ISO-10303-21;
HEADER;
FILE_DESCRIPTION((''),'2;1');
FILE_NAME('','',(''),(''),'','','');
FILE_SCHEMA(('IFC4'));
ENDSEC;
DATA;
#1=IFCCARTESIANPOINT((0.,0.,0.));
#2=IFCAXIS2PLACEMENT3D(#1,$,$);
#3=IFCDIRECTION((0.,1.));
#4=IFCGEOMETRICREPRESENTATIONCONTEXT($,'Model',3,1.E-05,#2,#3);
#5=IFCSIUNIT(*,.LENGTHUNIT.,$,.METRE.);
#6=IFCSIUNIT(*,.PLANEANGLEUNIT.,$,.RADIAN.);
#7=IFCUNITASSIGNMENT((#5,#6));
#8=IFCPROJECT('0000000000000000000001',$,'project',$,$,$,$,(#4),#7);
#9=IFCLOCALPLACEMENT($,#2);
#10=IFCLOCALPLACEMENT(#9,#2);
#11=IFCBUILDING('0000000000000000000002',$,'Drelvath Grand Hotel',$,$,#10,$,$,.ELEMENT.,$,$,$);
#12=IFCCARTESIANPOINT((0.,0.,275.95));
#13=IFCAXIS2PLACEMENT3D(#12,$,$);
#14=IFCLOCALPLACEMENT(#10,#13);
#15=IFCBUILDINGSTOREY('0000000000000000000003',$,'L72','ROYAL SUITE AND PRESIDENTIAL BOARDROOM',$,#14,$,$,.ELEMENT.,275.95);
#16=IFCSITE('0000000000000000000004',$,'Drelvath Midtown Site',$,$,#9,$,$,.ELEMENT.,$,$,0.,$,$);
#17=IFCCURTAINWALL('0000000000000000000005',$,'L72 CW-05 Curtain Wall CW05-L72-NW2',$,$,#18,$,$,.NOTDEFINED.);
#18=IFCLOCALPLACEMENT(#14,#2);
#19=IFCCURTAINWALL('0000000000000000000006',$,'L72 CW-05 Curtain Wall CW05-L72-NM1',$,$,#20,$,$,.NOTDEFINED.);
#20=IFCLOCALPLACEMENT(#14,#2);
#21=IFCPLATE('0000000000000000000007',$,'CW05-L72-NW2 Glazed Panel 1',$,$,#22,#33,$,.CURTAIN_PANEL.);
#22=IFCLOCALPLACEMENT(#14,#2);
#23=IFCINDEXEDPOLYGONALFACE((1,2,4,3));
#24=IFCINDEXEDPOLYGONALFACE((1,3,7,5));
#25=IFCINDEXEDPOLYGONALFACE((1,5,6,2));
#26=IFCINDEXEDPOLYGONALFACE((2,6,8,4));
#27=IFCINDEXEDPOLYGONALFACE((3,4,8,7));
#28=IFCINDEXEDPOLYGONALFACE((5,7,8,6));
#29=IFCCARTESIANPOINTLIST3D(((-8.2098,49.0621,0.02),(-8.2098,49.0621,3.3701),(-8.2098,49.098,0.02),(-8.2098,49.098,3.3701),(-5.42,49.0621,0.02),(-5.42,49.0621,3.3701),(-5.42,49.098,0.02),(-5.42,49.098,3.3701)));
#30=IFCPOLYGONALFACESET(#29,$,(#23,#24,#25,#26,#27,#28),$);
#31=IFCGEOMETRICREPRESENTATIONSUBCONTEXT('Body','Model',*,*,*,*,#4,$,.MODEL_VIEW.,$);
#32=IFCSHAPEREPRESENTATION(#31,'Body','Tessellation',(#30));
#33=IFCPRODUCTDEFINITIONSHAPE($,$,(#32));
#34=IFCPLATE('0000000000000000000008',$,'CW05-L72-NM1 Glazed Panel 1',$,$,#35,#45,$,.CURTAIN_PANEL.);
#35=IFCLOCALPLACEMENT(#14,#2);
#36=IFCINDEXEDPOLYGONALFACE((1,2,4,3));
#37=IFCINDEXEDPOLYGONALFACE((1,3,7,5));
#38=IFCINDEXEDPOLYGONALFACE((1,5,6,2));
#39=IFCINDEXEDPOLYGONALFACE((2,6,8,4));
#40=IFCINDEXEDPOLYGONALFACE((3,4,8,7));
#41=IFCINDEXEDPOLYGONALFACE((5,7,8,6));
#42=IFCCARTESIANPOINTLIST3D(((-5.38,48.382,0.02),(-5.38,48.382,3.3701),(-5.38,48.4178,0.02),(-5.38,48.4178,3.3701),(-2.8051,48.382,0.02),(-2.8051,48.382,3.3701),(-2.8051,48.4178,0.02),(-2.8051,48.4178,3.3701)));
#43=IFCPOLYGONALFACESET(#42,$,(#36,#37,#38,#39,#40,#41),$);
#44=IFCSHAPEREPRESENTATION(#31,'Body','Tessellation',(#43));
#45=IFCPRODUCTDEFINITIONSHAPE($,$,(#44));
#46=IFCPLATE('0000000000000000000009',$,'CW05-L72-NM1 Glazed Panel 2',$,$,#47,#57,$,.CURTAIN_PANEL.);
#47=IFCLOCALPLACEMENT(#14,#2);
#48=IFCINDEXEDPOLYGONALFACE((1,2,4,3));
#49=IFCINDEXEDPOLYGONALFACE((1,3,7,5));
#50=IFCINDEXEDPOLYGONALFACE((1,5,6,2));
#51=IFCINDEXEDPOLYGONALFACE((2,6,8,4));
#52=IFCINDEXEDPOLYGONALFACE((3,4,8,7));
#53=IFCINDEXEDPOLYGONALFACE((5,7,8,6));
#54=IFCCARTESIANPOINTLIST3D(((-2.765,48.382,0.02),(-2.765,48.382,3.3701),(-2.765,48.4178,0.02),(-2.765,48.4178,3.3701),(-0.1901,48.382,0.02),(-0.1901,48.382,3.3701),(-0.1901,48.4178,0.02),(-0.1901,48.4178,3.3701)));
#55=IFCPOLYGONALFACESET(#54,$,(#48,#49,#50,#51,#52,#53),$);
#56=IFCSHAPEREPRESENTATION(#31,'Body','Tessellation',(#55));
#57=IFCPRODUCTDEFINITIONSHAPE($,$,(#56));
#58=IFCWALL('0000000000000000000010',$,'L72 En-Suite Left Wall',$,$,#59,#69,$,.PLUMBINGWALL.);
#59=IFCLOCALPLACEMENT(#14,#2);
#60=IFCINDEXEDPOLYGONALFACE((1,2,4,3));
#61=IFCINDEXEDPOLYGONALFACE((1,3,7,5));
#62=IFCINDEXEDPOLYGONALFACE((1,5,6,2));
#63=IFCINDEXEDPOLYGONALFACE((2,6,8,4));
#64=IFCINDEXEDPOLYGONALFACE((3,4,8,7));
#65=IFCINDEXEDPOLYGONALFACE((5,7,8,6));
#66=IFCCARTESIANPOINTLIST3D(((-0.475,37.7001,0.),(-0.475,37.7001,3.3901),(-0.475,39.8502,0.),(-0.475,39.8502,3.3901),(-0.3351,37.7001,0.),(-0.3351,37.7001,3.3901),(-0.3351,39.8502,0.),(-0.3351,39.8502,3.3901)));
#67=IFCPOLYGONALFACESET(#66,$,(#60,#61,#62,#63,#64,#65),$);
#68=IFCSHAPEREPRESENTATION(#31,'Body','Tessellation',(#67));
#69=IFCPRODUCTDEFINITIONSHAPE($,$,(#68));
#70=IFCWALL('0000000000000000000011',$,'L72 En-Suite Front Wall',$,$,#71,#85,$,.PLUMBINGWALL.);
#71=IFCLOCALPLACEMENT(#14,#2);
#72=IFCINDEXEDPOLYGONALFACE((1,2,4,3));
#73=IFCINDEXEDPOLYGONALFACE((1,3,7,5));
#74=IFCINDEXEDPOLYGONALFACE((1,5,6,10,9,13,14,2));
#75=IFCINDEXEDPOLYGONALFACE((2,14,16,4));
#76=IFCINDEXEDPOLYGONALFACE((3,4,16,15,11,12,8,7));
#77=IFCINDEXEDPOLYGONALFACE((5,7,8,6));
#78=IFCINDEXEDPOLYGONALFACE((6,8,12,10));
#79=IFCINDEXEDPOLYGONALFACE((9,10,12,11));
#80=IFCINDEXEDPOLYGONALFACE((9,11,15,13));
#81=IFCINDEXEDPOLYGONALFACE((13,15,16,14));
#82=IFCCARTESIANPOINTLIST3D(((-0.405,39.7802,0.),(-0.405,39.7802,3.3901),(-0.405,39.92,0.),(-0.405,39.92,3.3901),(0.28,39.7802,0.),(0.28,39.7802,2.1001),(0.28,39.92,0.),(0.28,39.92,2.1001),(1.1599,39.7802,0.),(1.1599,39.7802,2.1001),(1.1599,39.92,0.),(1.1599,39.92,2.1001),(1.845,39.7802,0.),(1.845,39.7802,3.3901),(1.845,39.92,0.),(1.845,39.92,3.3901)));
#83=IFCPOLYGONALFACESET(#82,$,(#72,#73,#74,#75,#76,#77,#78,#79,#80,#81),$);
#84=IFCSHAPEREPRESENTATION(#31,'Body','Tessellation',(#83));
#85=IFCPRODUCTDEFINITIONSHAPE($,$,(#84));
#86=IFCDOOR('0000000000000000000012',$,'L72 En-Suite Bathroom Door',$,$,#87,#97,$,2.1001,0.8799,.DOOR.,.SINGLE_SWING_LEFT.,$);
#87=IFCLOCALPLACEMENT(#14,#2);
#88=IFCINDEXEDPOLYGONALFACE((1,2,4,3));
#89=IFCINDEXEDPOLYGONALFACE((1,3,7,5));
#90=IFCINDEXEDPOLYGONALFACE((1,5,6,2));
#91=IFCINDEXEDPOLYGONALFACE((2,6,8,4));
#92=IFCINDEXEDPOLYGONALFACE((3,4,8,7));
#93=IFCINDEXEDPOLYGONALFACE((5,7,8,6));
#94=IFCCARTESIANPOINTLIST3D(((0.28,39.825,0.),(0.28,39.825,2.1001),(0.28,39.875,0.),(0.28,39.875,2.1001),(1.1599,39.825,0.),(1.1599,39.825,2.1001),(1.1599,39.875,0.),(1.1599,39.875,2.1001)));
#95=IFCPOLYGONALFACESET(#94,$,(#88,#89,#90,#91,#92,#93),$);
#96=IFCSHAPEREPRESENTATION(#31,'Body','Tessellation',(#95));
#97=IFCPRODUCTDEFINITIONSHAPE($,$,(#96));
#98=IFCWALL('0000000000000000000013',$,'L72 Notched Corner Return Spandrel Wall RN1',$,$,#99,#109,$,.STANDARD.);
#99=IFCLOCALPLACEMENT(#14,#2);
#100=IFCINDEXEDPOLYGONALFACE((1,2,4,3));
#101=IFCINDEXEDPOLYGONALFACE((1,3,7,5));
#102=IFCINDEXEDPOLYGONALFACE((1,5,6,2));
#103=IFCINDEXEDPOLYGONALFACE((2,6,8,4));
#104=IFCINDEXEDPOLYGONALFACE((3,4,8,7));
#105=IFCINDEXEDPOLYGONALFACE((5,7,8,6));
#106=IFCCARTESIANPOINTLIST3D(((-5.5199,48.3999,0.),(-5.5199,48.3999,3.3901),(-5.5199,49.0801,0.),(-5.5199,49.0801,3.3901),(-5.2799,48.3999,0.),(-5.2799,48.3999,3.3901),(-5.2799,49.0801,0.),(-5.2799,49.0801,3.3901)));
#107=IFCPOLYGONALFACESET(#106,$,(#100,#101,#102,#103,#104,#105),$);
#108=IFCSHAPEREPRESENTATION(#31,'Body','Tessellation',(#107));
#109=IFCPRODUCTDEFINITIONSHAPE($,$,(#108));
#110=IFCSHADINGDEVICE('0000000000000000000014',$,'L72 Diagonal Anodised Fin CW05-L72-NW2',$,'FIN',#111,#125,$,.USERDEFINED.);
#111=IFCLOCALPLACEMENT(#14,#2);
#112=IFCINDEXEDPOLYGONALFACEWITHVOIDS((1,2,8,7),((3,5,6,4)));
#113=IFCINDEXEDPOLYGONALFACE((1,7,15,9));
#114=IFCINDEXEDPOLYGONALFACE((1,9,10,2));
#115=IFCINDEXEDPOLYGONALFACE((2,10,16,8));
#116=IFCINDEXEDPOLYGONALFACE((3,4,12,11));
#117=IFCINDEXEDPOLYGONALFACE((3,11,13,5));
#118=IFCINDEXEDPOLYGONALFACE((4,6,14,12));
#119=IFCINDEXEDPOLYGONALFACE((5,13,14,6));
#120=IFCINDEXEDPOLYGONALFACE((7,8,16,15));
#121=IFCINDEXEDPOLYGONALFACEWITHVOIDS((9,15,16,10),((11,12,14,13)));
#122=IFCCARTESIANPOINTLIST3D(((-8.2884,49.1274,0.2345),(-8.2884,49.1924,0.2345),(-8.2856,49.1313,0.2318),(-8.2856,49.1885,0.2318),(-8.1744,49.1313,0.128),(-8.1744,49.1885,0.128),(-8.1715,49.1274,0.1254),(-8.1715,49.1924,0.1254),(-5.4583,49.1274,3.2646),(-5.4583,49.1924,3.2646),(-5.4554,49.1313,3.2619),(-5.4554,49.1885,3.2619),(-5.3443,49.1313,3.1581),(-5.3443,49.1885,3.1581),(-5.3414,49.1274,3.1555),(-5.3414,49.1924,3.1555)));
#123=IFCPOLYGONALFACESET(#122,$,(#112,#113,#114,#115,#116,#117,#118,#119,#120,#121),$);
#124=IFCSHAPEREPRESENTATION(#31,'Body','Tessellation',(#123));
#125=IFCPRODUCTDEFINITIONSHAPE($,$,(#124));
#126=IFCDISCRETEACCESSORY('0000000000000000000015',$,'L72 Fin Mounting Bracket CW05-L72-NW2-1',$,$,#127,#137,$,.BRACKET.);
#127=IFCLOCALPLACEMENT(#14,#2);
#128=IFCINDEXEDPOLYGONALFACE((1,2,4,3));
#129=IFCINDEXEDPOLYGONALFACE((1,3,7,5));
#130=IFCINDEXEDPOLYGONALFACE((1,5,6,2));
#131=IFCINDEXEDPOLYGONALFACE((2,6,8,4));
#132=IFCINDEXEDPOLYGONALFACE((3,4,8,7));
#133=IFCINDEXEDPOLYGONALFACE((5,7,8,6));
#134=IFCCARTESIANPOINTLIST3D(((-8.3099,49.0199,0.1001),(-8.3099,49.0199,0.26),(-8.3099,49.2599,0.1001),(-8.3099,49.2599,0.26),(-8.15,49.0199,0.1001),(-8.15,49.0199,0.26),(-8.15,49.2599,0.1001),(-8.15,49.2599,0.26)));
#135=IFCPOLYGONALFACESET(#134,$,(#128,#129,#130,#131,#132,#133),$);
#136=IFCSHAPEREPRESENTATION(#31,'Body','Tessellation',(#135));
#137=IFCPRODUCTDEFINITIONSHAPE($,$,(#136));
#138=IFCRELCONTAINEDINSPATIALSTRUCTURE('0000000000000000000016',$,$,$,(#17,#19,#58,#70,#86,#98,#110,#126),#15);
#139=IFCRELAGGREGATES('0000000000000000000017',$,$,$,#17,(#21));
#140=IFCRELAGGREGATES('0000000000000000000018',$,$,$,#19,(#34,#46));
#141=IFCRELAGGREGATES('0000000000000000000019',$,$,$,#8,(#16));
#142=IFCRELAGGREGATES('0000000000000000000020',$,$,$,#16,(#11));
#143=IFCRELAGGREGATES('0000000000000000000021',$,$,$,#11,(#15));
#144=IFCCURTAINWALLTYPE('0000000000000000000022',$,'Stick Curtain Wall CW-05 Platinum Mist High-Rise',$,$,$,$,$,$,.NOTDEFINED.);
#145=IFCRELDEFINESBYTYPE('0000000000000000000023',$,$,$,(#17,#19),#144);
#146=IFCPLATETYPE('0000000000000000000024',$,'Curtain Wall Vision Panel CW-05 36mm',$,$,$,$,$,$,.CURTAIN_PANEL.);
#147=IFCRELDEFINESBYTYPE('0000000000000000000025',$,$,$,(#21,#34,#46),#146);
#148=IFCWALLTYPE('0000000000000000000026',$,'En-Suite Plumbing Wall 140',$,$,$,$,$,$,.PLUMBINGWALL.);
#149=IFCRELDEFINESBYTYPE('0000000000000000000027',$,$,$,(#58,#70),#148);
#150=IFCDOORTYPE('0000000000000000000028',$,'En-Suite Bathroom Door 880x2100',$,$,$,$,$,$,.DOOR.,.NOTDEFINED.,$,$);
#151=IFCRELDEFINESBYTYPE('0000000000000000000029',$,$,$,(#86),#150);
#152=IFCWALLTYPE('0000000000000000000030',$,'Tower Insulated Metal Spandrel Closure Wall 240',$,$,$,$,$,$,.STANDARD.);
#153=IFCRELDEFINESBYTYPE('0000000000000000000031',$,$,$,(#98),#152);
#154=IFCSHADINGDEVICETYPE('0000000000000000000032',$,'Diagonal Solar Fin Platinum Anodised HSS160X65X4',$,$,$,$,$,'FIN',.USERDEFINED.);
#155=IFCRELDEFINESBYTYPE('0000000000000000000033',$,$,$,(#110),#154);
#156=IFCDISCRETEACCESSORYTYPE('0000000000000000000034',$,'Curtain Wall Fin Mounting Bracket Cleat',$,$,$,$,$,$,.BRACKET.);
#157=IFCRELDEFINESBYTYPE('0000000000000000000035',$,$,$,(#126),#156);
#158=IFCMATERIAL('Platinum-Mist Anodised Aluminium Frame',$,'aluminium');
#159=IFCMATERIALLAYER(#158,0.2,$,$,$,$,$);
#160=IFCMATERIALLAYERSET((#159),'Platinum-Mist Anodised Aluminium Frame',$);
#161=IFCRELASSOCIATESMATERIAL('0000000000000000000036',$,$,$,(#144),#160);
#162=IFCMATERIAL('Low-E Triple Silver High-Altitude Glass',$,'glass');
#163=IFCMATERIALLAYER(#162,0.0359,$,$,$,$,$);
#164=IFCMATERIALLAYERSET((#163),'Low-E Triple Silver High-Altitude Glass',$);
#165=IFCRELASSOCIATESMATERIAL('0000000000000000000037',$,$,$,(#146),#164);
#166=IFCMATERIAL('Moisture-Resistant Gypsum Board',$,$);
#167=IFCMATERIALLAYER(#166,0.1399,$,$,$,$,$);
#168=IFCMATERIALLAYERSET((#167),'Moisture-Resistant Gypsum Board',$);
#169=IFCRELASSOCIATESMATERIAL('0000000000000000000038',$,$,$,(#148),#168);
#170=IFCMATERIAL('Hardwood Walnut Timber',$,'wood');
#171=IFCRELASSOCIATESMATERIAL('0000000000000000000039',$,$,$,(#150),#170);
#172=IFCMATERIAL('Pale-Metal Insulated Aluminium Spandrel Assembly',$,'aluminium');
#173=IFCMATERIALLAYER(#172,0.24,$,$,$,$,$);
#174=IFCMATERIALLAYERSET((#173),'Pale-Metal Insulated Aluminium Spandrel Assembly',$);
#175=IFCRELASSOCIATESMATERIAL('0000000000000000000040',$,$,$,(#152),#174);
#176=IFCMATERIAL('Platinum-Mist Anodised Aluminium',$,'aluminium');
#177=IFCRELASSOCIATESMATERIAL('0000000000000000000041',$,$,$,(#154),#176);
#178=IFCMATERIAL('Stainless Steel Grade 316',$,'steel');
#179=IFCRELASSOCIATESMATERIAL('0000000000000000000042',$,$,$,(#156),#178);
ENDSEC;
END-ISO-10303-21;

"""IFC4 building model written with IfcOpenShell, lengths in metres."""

from ifc_helpers import new_model, si_unit, direction, frame, frame_2d, origin, origin_2d, place, context, subcontext, project, spatial, rectangle, hollow_rectangle, extrude, material, layer, layer_set, material_profile, profile_set, type_object, element, fill, aggregate, save


model = new_model("IFC4")

# Units and contexts
model_context = context("Model", 3, precision=1e-05, world=origin(), true_north=direction((0.0, 1.0)))
body_context = subcontext(model_context, "Body", "Model", "MODEL_VIEW")
ifc_project = project(units=[si_unit("LENGTHUNIT", "METRE"), si_unit("PLANEANGLEUNIT", "RADIAN")], contexts=[model_context])

# Site, building, storey
site_placement = place(None, origin())
site = spatial("IfcSite", under=ifc_project, at=site_placement, Name="Drelvath Midtown Site", CompositionType="ELEMENT", RefElevation=0.0)
building_placement = place(site_placement, origin())
building = spatial("IfcBuilding", under=site, at=building_placement, Name="Drelvath Grand Hotel", CompositionType="ELEMENT")
storey_placement = place(building_placement, frame((0.0, 0.0, 275.95)))
storey = spatial("IfcBuildingStorey", under=building, at=storey_placement, Name="L72", Description="ROYAL SUITE AND PRESIDENTIAL BOARDROOM", CompositionType="ELEMENT", Elevation=275.95)

# Curtain walls
ifc_material_1 = material(Name="Platinum-Mist Anodised Aluminium Frame", Category="aluminium")
ifc_layer_1 = layer(ifc_material_1, 0.2)
ifc_layer_set_1 = layer_set([ifc_layer_1], Name="Platinum-Mist Anodised Aluminium Frame")
curtain_wall_type = type_object("IfcCurtainWallType", Name="Stick Curtain Wall CW-05 Platinum Mist High-Rise", PredefinedType="NOTDEFINED", material=ifc_layer_set_1)
curtain_wall_1_placement = place(storey_placement, origin())
curtain_wall_1 = element("IfcCurtainWall", 1, at=curtain_wall_1_placement, inside=storey, type_object=curtain_wall_type, Name="L72 CW-05 Curtain Wall CW05-L72-NW2", PredefinedType="NOTDEFINED")
curtain_wall_2_placement = place(storey_placement, origin())
curtain_wall_2 = element("IfcCurtainWall", 2, at=curtain_wall_2_placement, inside=storey, type_object=curtain_wall_type, Name="L72 CW-05 Curtain Wall CW05-L72-NM1", PredefinedType="NOTDEFINED")

# Plates
ifc_material_2 = material(Name="Low-E Triple Silver High-Altitude Glass", Category="glass")
ifc_layer_2 = layer(ifc_material_2, 0.0359)
ifc_layer_set_2 = layer_set([ifc_layer_2], Name="Low-E Triple Silver High-Altitude Glass")
plate_type = type_object("IfcPlateType", Name="Curtain Wall Vision Panel CW-05 36mm", PredefinedType="CURTAIN_PANEL", material=ifc_layer_set_2)
plate_1_placement = place(storey_placement, frame((-6.8149, 49.0801, 0.02), z_axis=(0.0, 0.0, 1.0), x_axis=(1.0, 0.0, 0.0)))
plate_1 = element("IfcPlate", 3, at=plate_1_placement, type_object=plate_type, Name="CW05-L72-NW2 Glazed Panel 1", PredefinedType="CURTAIN_PANEL", context=body_context, shape_type="SweptSolid", body=[
    extrude(rectangle(XDim=2.7898, YDim=0.0359, at=origin_2d()), origin(), (0.0, 0.0, 1.0), 3.3501),
])
aggregate(curtain_wall_1, [plate_1])
plate_2_placement = place(storey_placement, frame((-4.0925, 48.3999, 0.02), z_axis=(0.0, 0.0, 1.0), x_axis=(1.0, 0.0, 0.0)))
plate_2 = element("IfcPlate", 4, at=plate_2_placement, type_object=plate_type, Name="CW05-L72-NM1 Glazed Panel 1", PredefinedType="CURTAIN_PANEL", context=body_context, shape_type="SweptSolid", body=[
    extrude(rectangle(XDim=2.575, YDim=0.0359, at=origin_2d()), origin(), (0.0, 0.0, 1.0), 3.3501),
])
plate_3_placement = place(storey_placement, frame((-1.4775, 48.3999, 0.02), z_axis=(0.0, 0.0, 1.0), x_axis=(1.0, 0.0, 0.0)))
plate_3 = element("IfcPlate", 5, at=plate_3_placement, type_object=plate_type, Name="CW05-L72-NM1 Glazed Panel 2", PredefinedType="CURTAIN_PANEL", context=body_context, shape_type="SweptSolid", body=[
    extrude(rectangle(XDim=2.575, YDim=0.0359, at=origin_2d()), origin(), (0.0, 0.0, 1.0), 3.3501),
])
aggregate(curtain_wall_2, [plate_2, plate_3])

# Wall
ifc_material_3 = material(Name="Moisture-Resistant Gypsum Board")
ifc_layer_3 = layer(ifc_material_3, 0.1399)
ifc_layer_set_3 = layer_set([ifc_layer_3], Name="Moisture-Resistant Gypsum Board")
wall_type_1 = type_object("IfcWallType", Name="En-Suite Plumbing Wall 140", PredefinedType="PLUMBINGWALL", material=ifc_layer_set_3)
wall_1_placement = place(storey_placement, frame((-0.405, 37.7, 0.0), z_axis=(0.0, 0.0, 1.0), x_axis=(0.0, 1.0, 0.0)))
element("IfcWall", 6, at=wall_1_placement, inside=storey, type_object=wall_type_1, Name="L72 En-Suite Left Wall", PredefinedType="PLUMBINGWALL", context=body_context, shape_type="SweptSolid", body=[
    extrude(rectangle(XDim=2.1501, YDim=0.1399, at=frame_2d((1.0752, 0.0))), origin(), (0.0, 0.0, 1.0), 3.3901),
])

# Wall, opening, door
wall_2_placement = place(storey_placement, frame((-0.405, 39.8501, 0.0), z_axis=(0.0, 0.0, 1.0), x_axis=(1.0, 0.0, 0.0)))
wall_2 = element("IfcWall", 7, at=wall_2_placement, inside=storey, type_object=wall_type_1, Name="L72 En-Suite Front Wall", PredefinedType="PLUMBINGWALL", context=body_context, shape_type="SweptSolid", body=[
    extrude(rectangle(XDim=2.25, YDim=0.1399, at=frame_2d((1.125, 0.0))), origin(), (0.0, 0.0, 1.0), 3.3901),
])
opening_placement = place(wall_2_placement, frame((0.6851, 0.0, 0.0)))
opening = element("IfcOpeningElement", 8, at=opening_placement, cuts=wall_2, PredefinedType="OPENING", context=body_context, shape_type="SweptSolid", body=[
    extrude(rectangle(XDim=0.8799, YDim=2.1001, at=frame_2d((0.4399, 1.05))), frame((0.0, 0.0798, 0.0), z_axis=(0.0, -1.0, 0.0), x_axis=(1.0, 0.0, 0.0)), (0.0, 0.0, 1.0), 0.1599),
])
ifc_material_4 = material(Name="Hardwood Walnut Timber", Category="wood")
door_type = type_object("IfcDoorType", Name="En-Suite Bathroom Door 880x2100", OperationType="NOTDEFINED", PredefinedType="DOOR", material=ifc_material_4)
door_placement = place(opening_placement, origin())
door = element("IfcDoor", 9, at=door_placement, inside=storey, type_object=door_type, Name="L72 En-Suite Bathroom Door", OperationType="SINGLE_SWING_LEFT", OverallHeight=2.1001, OverallWidth=0.8799, PredefinedType="DOOR", context=body_context, shape_type="SweptSolid", body=[
    extrude(rectangle(XDim=0.8799, YDim=2.1001, at=frame_2d((0.4399, 1.05))), frame((0.0, 0.0249, 0.0), z_axis=(0.0, -1.0, 0.0), x_axis=(1.0, 0.0, 0.0)), (0.0, 0.0, 1.0), 0.05),
])
fill(opening, door)

# Wall
ifc_material_5 = material(Name="Pale-Metal Insulated Aluminium Spandrel Assembly", Category="aluminium")
ifc_layer_4 = layer(ifc_material_5, 0.24)
ifc_layer_set_4 = layer_set([ifc_layer_4], Name="Pale-Metal Insulated Aluminium Spandrel Assembly")
wall_type_2 = type_object("IfcWallType", Name="Tower Insulated Metal Spandrel Closure Wall 240", PredefinedType="STANDARD", material=ifc_layer_set_4)
wall_3_placement = place(storey_placement, frame((-5.3999, 49.0801, 0.0), z_axis=(0.0, 0.0, 1.0), x_axis=(0.0, -1.0, 0.0)))
element("IfcWall", 10, at=wall_3_placement, inside=storey, type_object=wall_type_2, Name="L72 Notched Corner Return Spandrel Wall RN1", PredefinedType="STANDARD", context=body_context, shape_type="SweptSolid", body=[
    extrude(rectangle(XDim=0.6802, YDim=0.24, at=frame_2d((0.3401, 0.0))), origin(), (0.0, 0.0, 1.0), 3.3901),
])

# Shading device
ifc_material_6 = material(Name="Platinum-Mist Anodised Aluminium", Category="aluminium")
ifc_material_profile_1 = material_profile(ifc_material_6, hollow_rectangle(XDim=0.0649, YDim=0.1599, WallThickness=0.0039, at=origin_2d()), Name="HSS160X65X4")
ifc_profile_set_1 = profile_set([ifc_material_profile_1], Name="Platinum-Mist Anodised Aluminium")
shading_device_type = type_object("IfcShadingDeviceType", Name="Diagonal Solar Fin Platinum Anodised HSS160X65X4", ElementType="FIN", PredefinedType="USERDEFINED", material=ifc_profile_set_1)
shading_device_placement = place(storey_placement, frame((-8.23, 49.1599, 0.1799), z_axis=(0.682583, 0.0, 0.730808), x_axis=(0.0, 1.0, 0.0)))
element("IfcShadingDevice", 11, at=shading_device_placement, inside=storey, type_object=shading_device_type, Name="L72 Diagonal Anodised Fin CW05-L72-NW2", ObjectType="FIN", PredefinedType="USERDEFINED", context=body_context, shape_type="SweptSolid", body=[
    extrude(hollow_rectangle(XDim=0.0649, YDim=0.1599, WallThickness=0.0039, at=origin_2d()), origin(), (0.0, 0.0, 1.0), 4.1462),
])

# Discrete accessory
ifc_material_7 = material(Name="Stainless Steel Grade 316", Category="steel")
discrete_accessory_type = type_object("IfcDiscreteAccessoryType", Name="Curtain Wall Fin Mounting Bracket Cleat", PredefinedType="BRACKET", material=ifc_material_7)
discrete_accessory_placement = place(storey_placement, frame((-8.23, 49.1399, 0.1001), z_axis=(0.0, 0.0, 1.0), x_axis=(1.0, 0.0, 0.0)))
element("IfcDiscreteAccessory", 12, at=discrete_accessory_placement, inside=storey, type_object=discrete_accessory_type, Name="L72 Fin Mounting Bracket CW05-L72-NW2-1", PredefinedType="BRACKET", context=body_context, shape_type="SweptSolid", body=[
    extrude(rectangle(XDim=0.1599, YDim=0.24, at=origin_2d()), origin(), (0.0, 0.0, 1.0), 0.1599),
])

save(model, "model.ifc")
